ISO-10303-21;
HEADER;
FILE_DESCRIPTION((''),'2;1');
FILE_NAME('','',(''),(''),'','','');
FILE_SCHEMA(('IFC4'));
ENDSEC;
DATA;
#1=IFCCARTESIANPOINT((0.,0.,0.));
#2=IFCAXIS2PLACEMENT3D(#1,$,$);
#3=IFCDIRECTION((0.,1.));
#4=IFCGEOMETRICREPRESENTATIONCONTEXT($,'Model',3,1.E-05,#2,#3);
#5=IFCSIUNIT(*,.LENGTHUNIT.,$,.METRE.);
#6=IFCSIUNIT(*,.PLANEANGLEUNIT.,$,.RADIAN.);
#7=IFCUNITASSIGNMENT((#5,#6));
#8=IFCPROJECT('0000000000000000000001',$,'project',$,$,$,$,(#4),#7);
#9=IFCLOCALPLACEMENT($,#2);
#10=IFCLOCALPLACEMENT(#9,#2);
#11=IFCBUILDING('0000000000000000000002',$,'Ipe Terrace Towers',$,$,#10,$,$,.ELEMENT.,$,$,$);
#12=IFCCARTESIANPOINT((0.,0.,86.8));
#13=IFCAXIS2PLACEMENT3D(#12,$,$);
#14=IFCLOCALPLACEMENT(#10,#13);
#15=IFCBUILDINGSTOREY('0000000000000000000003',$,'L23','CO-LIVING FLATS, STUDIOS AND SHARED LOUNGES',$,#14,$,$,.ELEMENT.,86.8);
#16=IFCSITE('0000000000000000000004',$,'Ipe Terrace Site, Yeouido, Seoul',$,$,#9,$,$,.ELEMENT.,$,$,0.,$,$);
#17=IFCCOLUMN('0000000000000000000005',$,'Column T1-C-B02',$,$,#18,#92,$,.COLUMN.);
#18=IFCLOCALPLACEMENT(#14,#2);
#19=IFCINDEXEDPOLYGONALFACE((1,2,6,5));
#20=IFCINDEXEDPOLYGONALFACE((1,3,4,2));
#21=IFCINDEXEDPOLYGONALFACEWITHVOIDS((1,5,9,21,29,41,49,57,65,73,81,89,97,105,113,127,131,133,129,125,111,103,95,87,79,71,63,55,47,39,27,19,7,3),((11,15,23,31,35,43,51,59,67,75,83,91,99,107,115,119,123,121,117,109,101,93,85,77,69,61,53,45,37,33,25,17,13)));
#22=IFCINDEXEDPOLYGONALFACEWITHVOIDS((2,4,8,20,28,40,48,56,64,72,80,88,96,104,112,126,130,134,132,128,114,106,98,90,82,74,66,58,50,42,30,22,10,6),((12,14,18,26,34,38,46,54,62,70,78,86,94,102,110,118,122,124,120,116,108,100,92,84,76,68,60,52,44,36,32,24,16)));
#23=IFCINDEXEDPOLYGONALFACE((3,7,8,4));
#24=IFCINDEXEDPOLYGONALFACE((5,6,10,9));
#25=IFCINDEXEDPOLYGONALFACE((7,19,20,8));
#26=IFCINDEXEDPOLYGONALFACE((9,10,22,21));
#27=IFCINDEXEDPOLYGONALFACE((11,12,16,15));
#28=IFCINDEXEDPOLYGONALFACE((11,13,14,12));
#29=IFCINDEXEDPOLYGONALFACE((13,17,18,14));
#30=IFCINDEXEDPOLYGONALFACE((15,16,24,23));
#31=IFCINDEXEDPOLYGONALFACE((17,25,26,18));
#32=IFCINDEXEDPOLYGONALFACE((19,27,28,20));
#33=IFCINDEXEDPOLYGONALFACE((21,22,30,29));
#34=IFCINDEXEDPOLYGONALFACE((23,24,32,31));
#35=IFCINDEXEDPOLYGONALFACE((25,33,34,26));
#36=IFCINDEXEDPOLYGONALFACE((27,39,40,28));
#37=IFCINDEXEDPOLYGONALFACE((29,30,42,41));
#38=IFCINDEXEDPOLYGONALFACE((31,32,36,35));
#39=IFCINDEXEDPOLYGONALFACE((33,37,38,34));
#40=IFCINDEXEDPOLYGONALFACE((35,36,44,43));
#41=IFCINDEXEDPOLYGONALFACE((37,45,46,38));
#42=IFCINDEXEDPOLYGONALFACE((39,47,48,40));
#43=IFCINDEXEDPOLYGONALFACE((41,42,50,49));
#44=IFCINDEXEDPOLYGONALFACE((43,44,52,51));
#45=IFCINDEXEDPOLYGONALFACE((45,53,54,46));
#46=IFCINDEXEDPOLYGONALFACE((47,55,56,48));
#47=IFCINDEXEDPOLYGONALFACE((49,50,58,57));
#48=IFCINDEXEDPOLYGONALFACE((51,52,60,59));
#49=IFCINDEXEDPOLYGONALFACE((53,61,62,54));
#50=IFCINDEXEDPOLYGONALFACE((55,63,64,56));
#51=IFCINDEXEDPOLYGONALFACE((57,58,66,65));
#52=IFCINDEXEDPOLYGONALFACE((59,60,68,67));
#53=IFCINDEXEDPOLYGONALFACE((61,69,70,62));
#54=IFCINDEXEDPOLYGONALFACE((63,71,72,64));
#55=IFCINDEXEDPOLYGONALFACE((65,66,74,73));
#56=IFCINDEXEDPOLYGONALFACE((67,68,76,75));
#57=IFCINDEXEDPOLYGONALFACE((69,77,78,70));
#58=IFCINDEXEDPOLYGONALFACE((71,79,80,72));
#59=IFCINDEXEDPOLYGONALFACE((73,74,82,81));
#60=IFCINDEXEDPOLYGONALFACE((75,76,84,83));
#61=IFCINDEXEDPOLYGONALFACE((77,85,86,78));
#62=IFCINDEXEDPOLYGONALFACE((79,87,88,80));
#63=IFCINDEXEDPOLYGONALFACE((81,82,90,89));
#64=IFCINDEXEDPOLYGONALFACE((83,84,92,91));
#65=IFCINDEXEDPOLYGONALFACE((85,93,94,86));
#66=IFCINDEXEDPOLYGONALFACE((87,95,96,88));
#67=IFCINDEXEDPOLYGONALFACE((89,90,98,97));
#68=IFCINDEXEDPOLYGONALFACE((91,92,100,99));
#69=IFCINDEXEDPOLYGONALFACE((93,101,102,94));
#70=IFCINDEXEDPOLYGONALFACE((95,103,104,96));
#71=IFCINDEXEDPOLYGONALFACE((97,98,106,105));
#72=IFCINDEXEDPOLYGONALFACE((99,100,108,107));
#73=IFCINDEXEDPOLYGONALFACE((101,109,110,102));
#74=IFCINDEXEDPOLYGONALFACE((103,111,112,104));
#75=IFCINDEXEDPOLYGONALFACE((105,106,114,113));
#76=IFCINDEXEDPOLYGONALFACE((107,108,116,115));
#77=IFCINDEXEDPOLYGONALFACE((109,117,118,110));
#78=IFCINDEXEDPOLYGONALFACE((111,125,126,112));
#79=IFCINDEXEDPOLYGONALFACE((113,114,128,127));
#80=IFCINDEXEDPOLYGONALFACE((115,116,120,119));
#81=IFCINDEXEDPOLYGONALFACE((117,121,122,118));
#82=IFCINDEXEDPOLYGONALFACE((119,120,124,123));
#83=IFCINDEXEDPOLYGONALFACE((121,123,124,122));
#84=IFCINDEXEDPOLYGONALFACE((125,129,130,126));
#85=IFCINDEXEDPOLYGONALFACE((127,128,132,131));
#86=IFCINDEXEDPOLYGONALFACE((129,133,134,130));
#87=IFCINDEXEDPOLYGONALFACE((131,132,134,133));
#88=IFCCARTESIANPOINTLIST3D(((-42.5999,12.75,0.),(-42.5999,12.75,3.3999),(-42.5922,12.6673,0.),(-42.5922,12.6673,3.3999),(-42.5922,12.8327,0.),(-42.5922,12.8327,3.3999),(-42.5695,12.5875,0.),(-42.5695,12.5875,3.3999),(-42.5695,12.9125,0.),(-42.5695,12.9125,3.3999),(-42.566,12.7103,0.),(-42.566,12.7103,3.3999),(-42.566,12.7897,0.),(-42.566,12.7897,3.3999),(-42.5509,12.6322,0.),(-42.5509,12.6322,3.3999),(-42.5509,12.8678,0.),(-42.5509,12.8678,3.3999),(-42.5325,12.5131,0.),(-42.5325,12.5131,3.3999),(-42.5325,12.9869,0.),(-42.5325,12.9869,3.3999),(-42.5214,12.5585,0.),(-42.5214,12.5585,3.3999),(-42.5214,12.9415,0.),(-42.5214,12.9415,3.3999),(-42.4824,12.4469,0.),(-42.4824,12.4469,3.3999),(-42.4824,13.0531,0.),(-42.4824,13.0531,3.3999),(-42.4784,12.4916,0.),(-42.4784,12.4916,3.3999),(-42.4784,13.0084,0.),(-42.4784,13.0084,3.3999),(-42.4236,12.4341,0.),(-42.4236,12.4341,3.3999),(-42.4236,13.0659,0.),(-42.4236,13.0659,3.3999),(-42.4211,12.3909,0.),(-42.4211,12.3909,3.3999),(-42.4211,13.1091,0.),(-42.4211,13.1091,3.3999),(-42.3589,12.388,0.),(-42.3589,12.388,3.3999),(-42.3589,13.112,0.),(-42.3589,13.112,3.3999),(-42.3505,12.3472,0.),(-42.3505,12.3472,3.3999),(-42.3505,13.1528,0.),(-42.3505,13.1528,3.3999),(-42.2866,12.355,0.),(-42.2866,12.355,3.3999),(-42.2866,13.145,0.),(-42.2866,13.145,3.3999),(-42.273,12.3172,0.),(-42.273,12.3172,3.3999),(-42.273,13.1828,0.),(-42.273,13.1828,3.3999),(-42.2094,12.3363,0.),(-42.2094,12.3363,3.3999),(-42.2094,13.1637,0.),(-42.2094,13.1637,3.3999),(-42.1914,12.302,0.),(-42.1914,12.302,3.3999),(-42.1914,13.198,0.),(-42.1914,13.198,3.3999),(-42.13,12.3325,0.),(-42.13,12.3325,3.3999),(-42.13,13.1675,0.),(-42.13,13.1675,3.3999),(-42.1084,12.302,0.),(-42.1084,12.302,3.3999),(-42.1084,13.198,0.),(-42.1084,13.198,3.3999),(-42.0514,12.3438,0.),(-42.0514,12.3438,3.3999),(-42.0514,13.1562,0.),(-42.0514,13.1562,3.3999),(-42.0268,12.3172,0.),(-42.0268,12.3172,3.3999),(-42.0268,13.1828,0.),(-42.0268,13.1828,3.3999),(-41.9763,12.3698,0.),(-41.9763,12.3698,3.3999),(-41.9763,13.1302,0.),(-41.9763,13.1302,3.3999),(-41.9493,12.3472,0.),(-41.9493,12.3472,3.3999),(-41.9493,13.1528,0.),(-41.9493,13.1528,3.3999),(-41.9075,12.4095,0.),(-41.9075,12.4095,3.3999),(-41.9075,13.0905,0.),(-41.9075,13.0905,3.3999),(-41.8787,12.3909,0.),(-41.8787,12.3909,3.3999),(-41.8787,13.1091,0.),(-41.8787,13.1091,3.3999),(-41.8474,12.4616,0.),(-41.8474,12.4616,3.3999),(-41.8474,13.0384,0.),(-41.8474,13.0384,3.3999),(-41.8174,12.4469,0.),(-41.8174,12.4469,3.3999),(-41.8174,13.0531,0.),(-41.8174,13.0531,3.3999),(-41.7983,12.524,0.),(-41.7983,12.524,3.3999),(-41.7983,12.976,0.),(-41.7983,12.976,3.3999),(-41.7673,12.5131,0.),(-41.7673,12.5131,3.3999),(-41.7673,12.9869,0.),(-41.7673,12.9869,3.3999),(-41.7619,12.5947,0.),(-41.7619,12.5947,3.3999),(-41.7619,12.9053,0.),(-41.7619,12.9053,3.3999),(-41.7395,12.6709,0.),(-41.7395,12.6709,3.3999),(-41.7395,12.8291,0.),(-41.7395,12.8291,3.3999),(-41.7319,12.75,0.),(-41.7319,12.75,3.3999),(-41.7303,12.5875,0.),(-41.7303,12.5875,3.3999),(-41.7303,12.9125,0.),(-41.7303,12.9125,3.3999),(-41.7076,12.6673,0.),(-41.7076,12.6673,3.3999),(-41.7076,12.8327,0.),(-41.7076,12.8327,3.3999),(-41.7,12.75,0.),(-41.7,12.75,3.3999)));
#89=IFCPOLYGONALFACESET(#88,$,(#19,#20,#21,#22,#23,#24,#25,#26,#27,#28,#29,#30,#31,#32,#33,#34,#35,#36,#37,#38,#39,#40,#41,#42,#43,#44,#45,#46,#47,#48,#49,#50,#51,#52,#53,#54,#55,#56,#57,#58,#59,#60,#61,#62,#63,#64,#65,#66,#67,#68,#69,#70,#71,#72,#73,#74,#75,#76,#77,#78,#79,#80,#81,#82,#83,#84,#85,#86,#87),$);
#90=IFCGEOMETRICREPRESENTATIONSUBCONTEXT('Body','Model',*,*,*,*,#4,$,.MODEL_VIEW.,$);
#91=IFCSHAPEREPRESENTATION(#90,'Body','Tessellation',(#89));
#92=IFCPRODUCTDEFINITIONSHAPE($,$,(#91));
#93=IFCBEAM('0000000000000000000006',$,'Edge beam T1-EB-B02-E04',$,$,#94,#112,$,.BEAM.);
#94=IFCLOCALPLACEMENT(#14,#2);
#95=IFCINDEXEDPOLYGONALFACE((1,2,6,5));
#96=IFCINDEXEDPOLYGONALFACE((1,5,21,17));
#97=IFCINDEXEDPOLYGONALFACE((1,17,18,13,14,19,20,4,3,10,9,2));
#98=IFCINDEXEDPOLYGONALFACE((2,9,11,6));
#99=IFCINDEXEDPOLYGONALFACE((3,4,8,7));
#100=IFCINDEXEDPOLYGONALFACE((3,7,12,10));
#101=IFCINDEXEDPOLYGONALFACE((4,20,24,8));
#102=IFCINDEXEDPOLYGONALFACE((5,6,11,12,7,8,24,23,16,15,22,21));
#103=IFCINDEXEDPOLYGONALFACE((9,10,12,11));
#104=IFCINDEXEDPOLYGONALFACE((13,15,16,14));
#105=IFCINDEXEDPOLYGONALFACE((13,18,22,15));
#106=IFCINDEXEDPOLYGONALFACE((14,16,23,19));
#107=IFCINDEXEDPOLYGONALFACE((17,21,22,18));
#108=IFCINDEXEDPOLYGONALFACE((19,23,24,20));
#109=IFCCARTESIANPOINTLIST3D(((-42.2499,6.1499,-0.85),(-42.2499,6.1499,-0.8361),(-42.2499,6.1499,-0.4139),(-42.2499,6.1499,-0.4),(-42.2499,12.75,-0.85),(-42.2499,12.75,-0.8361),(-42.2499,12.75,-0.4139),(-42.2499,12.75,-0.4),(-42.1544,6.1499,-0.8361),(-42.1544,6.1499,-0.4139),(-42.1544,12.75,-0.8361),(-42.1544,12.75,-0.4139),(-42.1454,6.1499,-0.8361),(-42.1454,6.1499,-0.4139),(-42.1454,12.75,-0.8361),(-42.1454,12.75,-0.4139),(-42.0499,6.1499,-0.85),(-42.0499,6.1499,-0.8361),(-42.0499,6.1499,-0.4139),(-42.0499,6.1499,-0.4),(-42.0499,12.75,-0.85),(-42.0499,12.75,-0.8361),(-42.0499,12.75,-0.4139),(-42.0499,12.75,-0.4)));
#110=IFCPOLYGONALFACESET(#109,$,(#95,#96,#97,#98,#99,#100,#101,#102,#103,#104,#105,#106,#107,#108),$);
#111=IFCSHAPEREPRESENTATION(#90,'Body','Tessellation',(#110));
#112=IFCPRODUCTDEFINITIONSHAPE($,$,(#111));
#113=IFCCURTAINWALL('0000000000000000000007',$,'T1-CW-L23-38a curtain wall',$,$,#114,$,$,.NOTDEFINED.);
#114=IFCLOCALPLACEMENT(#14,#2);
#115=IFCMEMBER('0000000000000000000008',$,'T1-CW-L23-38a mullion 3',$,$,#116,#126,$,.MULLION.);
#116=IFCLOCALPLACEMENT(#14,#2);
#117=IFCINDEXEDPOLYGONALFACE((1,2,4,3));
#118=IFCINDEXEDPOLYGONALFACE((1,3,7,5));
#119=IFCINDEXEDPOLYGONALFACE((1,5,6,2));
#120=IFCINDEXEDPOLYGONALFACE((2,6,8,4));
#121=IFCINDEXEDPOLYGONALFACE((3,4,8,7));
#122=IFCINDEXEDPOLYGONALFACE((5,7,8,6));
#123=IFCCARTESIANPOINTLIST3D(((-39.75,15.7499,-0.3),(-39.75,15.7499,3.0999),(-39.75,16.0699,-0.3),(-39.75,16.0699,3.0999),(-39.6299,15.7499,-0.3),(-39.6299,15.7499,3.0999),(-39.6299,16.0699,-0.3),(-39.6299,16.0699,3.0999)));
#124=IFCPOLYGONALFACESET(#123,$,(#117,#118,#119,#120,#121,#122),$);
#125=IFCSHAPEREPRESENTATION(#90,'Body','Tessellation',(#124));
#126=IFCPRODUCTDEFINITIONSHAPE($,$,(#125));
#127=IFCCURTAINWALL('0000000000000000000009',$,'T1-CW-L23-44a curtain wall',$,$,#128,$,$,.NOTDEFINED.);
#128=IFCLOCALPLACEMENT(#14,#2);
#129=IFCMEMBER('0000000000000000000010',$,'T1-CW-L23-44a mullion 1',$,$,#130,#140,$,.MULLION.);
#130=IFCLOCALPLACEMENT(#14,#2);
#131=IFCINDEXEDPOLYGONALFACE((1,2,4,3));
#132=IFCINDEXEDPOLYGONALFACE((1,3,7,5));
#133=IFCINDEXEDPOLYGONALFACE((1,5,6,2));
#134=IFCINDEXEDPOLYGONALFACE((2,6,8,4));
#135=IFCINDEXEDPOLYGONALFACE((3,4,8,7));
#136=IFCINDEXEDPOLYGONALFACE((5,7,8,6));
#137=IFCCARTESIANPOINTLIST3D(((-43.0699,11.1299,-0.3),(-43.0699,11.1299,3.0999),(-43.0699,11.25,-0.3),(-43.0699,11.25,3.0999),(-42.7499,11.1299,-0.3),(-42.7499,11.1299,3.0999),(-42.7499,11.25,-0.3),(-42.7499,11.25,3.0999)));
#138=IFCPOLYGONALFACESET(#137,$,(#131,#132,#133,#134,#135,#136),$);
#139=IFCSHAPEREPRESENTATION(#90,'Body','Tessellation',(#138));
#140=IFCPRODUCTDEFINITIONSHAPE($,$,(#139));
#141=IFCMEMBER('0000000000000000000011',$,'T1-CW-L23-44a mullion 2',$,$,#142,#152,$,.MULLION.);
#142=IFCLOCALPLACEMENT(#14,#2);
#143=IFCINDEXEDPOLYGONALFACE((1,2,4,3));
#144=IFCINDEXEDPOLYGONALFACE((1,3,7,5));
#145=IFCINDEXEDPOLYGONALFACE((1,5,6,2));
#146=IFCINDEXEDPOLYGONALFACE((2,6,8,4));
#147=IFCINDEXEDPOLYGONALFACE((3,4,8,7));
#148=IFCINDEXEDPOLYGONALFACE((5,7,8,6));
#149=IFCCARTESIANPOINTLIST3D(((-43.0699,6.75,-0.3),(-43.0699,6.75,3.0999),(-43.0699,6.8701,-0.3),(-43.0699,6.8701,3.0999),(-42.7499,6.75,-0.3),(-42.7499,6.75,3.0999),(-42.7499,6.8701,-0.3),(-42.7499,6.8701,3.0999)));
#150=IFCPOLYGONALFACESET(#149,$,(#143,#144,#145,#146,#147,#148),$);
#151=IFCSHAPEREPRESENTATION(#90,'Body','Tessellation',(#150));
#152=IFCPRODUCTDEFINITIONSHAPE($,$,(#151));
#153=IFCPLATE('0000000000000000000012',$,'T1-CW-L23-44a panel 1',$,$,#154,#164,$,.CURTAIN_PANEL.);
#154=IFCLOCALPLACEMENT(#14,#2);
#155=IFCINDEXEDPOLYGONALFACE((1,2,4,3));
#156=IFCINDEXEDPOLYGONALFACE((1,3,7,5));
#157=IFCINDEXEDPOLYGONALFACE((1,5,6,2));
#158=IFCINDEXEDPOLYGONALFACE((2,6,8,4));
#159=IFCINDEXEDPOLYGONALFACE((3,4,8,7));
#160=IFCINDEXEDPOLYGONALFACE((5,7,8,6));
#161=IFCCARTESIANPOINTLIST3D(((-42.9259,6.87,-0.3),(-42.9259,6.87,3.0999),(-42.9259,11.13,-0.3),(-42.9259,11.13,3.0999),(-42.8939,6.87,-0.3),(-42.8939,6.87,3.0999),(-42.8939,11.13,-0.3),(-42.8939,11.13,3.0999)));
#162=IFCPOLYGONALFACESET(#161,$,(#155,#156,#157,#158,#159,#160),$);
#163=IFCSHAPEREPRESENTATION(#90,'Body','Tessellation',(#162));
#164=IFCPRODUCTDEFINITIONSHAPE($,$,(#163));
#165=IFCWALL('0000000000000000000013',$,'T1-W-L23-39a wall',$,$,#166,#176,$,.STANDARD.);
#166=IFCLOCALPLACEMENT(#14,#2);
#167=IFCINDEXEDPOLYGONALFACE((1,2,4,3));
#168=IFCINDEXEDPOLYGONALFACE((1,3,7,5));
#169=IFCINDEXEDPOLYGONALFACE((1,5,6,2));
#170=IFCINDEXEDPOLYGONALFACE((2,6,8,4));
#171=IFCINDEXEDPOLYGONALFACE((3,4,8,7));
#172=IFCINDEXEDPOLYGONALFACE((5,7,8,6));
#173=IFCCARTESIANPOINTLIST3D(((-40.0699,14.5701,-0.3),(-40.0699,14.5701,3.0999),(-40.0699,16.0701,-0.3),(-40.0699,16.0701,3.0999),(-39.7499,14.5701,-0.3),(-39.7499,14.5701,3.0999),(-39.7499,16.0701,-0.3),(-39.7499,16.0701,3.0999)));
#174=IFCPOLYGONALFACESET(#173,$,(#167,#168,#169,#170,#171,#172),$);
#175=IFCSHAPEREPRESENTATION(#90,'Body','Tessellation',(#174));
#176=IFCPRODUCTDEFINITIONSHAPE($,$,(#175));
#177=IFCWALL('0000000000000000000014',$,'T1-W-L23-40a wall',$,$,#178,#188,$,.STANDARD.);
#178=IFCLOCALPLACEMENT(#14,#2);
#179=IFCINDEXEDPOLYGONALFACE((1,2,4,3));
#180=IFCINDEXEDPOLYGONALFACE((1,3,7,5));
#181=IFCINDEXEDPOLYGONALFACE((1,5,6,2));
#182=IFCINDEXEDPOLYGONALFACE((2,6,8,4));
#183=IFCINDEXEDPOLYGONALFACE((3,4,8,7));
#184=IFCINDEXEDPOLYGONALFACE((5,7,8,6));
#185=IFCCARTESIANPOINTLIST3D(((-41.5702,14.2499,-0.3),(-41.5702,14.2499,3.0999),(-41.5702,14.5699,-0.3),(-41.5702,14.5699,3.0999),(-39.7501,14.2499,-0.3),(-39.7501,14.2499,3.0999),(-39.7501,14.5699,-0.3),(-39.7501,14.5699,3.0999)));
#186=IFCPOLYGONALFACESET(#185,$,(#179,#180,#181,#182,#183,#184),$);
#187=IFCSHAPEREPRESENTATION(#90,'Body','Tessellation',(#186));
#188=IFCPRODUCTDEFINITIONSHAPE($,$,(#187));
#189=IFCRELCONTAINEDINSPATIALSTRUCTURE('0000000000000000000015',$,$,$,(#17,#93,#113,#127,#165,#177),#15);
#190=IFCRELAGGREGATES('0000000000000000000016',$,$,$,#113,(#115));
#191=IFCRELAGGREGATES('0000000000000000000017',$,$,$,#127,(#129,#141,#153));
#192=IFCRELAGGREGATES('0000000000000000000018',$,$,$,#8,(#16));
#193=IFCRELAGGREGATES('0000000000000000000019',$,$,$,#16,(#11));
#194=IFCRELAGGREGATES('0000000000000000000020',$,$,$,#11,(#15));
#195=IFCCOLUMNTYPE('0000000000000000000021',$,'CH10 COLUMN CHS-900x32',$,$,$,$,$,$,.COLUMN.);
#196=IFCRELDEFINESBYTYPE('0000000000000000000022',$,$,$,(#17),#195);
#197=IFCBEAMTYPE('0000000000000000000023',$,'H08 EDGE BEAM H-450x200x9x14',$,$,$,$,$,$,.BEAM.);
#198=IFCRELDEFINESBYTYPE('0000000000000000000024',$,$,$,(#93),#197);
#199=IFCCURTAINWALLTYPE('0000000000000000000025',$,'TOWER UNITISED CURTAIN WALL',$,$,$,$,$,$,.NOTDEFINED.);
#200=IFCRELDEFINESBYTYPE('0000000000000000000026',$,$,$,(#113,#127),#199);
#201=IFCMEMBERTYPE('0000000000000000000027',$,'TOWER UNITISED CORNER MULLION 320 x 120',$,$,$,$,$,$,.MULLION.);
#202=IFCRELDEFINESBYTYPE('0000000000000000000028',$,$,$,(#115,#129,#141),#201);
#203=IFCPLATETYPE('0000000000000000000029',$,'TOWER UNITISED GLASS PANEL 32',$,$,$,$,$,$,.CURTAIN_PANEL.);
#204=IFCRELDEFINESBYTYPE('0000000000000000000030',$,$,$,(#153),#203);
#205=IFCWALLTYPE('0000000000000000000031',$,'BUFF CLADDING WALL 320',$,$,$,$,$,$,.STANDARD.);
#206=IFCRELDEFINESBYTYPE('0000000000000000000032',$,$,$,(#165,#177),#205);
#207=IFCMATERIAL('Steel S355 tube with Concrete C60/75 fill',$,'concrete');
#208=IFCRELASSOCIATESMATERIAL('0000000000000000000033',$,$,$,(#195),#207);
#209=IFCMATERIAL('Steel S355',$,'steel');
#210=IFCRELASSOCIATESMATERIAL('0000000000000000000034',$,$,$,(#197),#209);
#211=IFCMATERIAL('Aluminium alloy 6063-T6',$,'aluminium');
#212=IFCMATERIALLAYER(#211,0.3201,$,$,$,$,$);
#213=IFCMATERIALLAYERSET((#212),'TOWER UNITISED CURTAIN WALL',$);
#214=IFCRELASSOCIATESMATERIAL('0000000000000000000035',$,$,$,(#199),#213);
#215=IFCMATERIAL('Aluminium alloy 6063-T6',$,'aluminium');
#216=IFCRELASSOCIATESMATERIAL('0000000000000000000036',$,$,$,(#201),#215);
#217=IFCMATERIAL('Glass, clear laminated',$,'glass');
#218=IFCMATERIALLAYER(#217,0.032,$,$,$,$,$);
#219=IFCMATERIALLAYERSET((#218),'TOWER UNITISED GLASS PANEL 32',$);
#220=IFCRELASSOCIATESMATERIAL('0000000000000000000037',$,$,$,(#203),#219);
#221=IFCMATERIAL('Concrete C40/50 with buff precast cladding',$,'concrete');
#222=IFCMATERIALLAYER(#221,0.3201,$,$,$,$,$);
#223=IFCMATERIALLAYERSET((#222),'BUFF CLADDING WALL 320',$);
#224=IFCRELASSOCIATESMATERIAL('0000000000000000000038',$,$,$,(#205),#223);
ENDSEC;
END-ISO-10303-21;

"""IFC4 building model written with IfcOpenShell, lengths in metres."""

from ifc_helpers import new_model, si_unit, direction, frame, frame_2d, origin, origin_2d, place, context, subcontext, project, spatial, rectangle, hollow_circle, i_section, extrude, material, layer, layer_set, material_profile, profile_set, type_object, element, aggregate, save


model = new_model("IFC4")

# Units and contexts
model_context = context("Model", 3, precision=1e-05, world=origin(), true_north=direction((0.0, 1.0)))
body_context = subcontext(model_context, "Body", "Model", "MODEL_VIEW")
ifc_project = project(units=[si_unit("LENGTHUNIT", "METRE"), si_unit("PLANEANGLEUNIT", "RADIAN")], contexts=[model_context])

# Site, building, storey
site_placement = place(None, origin())
site = spatial("IfcSite", under=ifc_project, at=site_placement, Name="Ipe Terrace Site, Yeouido, Seoul", CompositionType="ELEMENT", RefElevation=0.0)
building_placement = place(site_placement, origin())
building = spatial("IfcBuilding", under=site, at=building_placement, Name="Ipe Terrace Towers", CompositionType="ELEMENT")
storey_placement = place(building_placement, frame((0.0, 0.0, 86.8)))
storey = spatial("IfcBuildingStorey", under=building, at=storey_placement, Name="L23", Description="CO-LIVING FLATS, STUDIOS AND SHARED LOUNGES", CompositionType="ELEMENT", Elevation=86.8)

# Column
ifc_material_1 = material(Name="Steel S355 tube with Concrete C60/75 fill", Category="concrete")
ifc_material_profile_1 = material_profile(ifc_material_1, hollow_circle(Radius=0.45, WallThickness=0.032, at=origin_2d()), Name="CHS-900x32")
ifc_profile_set_1 = profile_set([ifc_material_profile_1], Name="Steel S355 tube with Concrete C60/75 fill")
column_type = type_object("IfcColumnType", Name="CH10 COLUMN CHS-900x32", PredefinedType="COLUMN", material=ifc_profile_set_1)
column_placement = place(storey_placement, frame((-42.1499, 12.75, 0.0), z_axis=(0.0, 0.0, 1.0), x_axis=(1.0, 0.0, 0.0)))
element("IfcColumn", 1, at=column_placement, inside=storey, type_object=column_type, Name="Column T1-C-B02", PredefinedType="COLUMN", context=body_context, shape_type="SweptSolid", body=[
    extrude(hollow_circle(Radius=0.45, WallThickness=0.032, at=origin_2d()), origin(), (0.0, 0.0, 1.0), 3.3999),
])

# Beam
ifc_material_2 = material(Name="Steel S355", Category="steel")
ifc_material_profile_2 = material_profile(ifc_material_2, i_section(OverallWidth=0.2, OverallDepth=0.45, WebThickness=0.009, FlangeThickness=0.0139, at=origin_2d()), Name="H-450x200x9x14")
ifc_profile_set_2 = profile_set([ifc_material_profile_2], Name="Steel S355")
beam_type = type_object("IfcBeamType", Name="H08 EDGE BEAM H-450x200x9x14", PredefinedType="BEAM", material=ifc_profile_set_2)
beam_placement = place(storey_placement, frame((-42.1499, 12.75, -0.625), z_axis=(0.0, -1.0, 0.0), x_axis=(1.0, 0.0, 0.0)))
element("IfcBeam", 2, at=beam_placement, inside=storey, type_object=beam_type, Name="Edge beam T1-EB-B02-E04", PredefinedType="BEAM", context=body_context, shape_type="SweptSolid", body=[
    extrude(i_section(OverallWidth=0.2, OverallDepth=0.45, WebThickness=0.009, FlangeThickness=0.0139, at=origin_2d()), origin(), (0.0, 0.0, 1.0), 6.6001),
])

# Curtain wall, member
ifc_material_3 = material(Name="Aluminium alloy 6063-T6", Category="aluminium")
ifc_layer_1 = layer(ifc_material_3, 0.3201)
ifc_layer_set_1 = layer_set([ifc_layer_1], Name="TOWER UNITISED CURTAIN WALL")
curtain_wall_type = type_object("IfcCurtainWallType", Name="TOWER UNITISED CURTAIN WALL", PredefinedType="NOTDEFINED", material=ifc_layer_set_1)
curtain_wall_1_placement = place(storey_placement, origin())
curtain_wall_1 = element("IfcCurtainWall", 3, at=curtain_wall_1_placement, inside=storey, type_object=curtain_wall_type, Name="T1-CW-L23-38a curtain wall", PredefinedType="NOTDEFINED")
ifc_material_4 = material(Name="Aluminium alloy 6063-T6", Category="aluminium")
ifc_material_profile_3 = material_profile(ifc_material_4, rectangle(XDim=0.3201, YDim=0.1201, at=origin_2d()), Name="TOWER UNITISED CORNER MULLION 320 x 120")
ifc_profile_set_3 = profile_set([ifc_material_profile_3], Name="Aluminium alloy 6063-T6")
member_type = type_object("IfcMemberType", Name="TOWER UNITISED CORNER MULLION 320 x 120", PredefinedType="MULLION", material=ifc_profile_set_3)
member_1_placement = place(storey_placement, frame((-39.6899, 15.9099, -0.3), z_axis=(0.0, 0.0, 1.0), x_axis=(0.0, 1.0, 0.0)))
member_1 = element("IfcMember", 4, at=member_1_placement, type_object=member_type, Name="T1-CW-L23-38a mullion 3", PredefinedType="MULLION", context=body_context, shape_type="SweptSolid", body=[
    extrude(rectangle(XDim=0.3201, YDim=0.1201, at=origin_2d()), origin(), (0.0, 0.0, 1.0), 3.3999),
])
aggregate(curtain_wall_1, [member_1])

# Curtain wall, members, plate
curtain_wall_2_placement = place(storey_placement, origin())
curtain_wall_2 = element("IfcCurtainWall", 5, at=curtain_wall_2_placement, inside=storey, type_object=curtain_wall_type, Name="T1-CW-L23-44a curtain wall", PredefinedType="NOTDEFINED")
member_2_placement = place(storey_placement, frame((-42.9099, 11.1899, -0.3), z_axis=(0.0, 0.0, 1.0), x_axis=(-1.0, 0.0, 0.0)))
member_2 = element("IfcMember", 6, at=member_2_placement, type_object=member_type, Name="T1-CW-L23-44a mullion 1", PredefinedType="MULLION", context=body_context, shape_type="SweptSolid", body=[
    extrude(rectangle(XDim=0.3201, YDim=0.1201, at=origin_2d()), origin(), (0.0, 0.0, 1.0), 3.3999),
])
member_3_placement = place(storey_placement, frame((-42.9099, 6.8101, -0.3), z_axis=(0.0, 0.0, 1.0), x_axis=(-1.0, 0.0, 0.0)))
member_3 = element("IfcMember", 7, at=member_3_placement, type_object=member_type, Name="T1-CW-L23-44a mullion 2", PredefinedType="MULLION", context=body_context, shape_type="SweptSolid", body=[
    extrude(rectangle(XDim=0.3201, YDim=0.1201, at=origin_2d()), origin(), (0.0, 0.0, 1.0), 3.3999),
])
ifc_material_5 = material(Name="Glass, clear laminated", Category="glass")
ifc_layer_2 = layer(ifc_material_5, 0.032)
ifc_layer_set_2 = layer_set([ifc_layer_2], Name="TOWER UNITISED GLASS PANEL 32")
plate_type = type_object("IfcPlateType", Name="TOWER UNITISED GLASS PANEL 32", PredefinedType="CURTAIN_PANEL", material=ifc_layer_set_2)
plate_placement = place(storey_placement, frame((-42.9099, 9.0, -0.3), z_axis=(0.0, 0.0, 1.0), x_axis=(0.0, -1.0, 0.0)))
plate = element("IfcPlate", 8, at=plate_placement, type_object=plate_type, Name="T1-CW-L23-44a panel 1", PredefinedType="CURTAIN_PANEL", context=body_context, shape_type="SweptSolid", body=[
    extrude(rectangle(XDim=4.26, YDim=0.032, at=origin_2d()), origin(), (0.0, 0.0, 1.0), 3.3999),
])
aggregate(curtain_wall_2, [member_2, member_3, plate])

# Walls
ifc_material_6 = material(Name="Concrete C40/50 with buff precast cladding", Category="concrete")
ifc_layer_3 = layer(ifc_material_6, 0.3201)
ifc_layer_set_3 = layer_set([ifc_layer_3], Name="BUFF CLADDING WALL 320")
wall_type_1 = type_object("IfcWallType", Name="BUFF CLADDING WALL 320", PredefinedType="STANDARD", material=ifc_layer_set_3)
wall_1_placement = place(storey_placement, frame((-39.9099, 16.0701, -0.3), z_axis=(0.0, 0.0, 1.0), x_axis=(0.0, -1.0, 0.0)))
element("IfcWall", 9, at=wall_1_placement, inside=storey, type_object=wall_type_1, Name="T1-W-L23-39a wall", PredefinedType="STANDARD", context=body_context, shape_type="SweptSolid", body=[
    extrude(rectangle(XDim=1.5, YDim=0.3201, at=frame_2d((0.75, 0.0))), origin(), (0.0, 0.0, 1.0), 3.3999),
])
wall_2_placement = place(storey_placement, frame((-39.75, 14.4099, -0.3), z_axis=(0.0, 0.0, 1.0), x_axis=(-1.0, 0.0, 0.0)))
element("IfcWall", 10, at=wall_2_placement, inside=storey, type_object=wall_type_1, Name="T1-W-L23-40a wall", PredefinedType="STANDARD", context=body_context, shape_type="SweptSolid", body=[
    extrude(rectangle(XDim=1.8201, YDim=0.3201, at=frame_2d((0.9102, 0.0))), origin(), (0.0, 0.0, 1.0), 3.3999),
])

save(model, "model.ifc")
